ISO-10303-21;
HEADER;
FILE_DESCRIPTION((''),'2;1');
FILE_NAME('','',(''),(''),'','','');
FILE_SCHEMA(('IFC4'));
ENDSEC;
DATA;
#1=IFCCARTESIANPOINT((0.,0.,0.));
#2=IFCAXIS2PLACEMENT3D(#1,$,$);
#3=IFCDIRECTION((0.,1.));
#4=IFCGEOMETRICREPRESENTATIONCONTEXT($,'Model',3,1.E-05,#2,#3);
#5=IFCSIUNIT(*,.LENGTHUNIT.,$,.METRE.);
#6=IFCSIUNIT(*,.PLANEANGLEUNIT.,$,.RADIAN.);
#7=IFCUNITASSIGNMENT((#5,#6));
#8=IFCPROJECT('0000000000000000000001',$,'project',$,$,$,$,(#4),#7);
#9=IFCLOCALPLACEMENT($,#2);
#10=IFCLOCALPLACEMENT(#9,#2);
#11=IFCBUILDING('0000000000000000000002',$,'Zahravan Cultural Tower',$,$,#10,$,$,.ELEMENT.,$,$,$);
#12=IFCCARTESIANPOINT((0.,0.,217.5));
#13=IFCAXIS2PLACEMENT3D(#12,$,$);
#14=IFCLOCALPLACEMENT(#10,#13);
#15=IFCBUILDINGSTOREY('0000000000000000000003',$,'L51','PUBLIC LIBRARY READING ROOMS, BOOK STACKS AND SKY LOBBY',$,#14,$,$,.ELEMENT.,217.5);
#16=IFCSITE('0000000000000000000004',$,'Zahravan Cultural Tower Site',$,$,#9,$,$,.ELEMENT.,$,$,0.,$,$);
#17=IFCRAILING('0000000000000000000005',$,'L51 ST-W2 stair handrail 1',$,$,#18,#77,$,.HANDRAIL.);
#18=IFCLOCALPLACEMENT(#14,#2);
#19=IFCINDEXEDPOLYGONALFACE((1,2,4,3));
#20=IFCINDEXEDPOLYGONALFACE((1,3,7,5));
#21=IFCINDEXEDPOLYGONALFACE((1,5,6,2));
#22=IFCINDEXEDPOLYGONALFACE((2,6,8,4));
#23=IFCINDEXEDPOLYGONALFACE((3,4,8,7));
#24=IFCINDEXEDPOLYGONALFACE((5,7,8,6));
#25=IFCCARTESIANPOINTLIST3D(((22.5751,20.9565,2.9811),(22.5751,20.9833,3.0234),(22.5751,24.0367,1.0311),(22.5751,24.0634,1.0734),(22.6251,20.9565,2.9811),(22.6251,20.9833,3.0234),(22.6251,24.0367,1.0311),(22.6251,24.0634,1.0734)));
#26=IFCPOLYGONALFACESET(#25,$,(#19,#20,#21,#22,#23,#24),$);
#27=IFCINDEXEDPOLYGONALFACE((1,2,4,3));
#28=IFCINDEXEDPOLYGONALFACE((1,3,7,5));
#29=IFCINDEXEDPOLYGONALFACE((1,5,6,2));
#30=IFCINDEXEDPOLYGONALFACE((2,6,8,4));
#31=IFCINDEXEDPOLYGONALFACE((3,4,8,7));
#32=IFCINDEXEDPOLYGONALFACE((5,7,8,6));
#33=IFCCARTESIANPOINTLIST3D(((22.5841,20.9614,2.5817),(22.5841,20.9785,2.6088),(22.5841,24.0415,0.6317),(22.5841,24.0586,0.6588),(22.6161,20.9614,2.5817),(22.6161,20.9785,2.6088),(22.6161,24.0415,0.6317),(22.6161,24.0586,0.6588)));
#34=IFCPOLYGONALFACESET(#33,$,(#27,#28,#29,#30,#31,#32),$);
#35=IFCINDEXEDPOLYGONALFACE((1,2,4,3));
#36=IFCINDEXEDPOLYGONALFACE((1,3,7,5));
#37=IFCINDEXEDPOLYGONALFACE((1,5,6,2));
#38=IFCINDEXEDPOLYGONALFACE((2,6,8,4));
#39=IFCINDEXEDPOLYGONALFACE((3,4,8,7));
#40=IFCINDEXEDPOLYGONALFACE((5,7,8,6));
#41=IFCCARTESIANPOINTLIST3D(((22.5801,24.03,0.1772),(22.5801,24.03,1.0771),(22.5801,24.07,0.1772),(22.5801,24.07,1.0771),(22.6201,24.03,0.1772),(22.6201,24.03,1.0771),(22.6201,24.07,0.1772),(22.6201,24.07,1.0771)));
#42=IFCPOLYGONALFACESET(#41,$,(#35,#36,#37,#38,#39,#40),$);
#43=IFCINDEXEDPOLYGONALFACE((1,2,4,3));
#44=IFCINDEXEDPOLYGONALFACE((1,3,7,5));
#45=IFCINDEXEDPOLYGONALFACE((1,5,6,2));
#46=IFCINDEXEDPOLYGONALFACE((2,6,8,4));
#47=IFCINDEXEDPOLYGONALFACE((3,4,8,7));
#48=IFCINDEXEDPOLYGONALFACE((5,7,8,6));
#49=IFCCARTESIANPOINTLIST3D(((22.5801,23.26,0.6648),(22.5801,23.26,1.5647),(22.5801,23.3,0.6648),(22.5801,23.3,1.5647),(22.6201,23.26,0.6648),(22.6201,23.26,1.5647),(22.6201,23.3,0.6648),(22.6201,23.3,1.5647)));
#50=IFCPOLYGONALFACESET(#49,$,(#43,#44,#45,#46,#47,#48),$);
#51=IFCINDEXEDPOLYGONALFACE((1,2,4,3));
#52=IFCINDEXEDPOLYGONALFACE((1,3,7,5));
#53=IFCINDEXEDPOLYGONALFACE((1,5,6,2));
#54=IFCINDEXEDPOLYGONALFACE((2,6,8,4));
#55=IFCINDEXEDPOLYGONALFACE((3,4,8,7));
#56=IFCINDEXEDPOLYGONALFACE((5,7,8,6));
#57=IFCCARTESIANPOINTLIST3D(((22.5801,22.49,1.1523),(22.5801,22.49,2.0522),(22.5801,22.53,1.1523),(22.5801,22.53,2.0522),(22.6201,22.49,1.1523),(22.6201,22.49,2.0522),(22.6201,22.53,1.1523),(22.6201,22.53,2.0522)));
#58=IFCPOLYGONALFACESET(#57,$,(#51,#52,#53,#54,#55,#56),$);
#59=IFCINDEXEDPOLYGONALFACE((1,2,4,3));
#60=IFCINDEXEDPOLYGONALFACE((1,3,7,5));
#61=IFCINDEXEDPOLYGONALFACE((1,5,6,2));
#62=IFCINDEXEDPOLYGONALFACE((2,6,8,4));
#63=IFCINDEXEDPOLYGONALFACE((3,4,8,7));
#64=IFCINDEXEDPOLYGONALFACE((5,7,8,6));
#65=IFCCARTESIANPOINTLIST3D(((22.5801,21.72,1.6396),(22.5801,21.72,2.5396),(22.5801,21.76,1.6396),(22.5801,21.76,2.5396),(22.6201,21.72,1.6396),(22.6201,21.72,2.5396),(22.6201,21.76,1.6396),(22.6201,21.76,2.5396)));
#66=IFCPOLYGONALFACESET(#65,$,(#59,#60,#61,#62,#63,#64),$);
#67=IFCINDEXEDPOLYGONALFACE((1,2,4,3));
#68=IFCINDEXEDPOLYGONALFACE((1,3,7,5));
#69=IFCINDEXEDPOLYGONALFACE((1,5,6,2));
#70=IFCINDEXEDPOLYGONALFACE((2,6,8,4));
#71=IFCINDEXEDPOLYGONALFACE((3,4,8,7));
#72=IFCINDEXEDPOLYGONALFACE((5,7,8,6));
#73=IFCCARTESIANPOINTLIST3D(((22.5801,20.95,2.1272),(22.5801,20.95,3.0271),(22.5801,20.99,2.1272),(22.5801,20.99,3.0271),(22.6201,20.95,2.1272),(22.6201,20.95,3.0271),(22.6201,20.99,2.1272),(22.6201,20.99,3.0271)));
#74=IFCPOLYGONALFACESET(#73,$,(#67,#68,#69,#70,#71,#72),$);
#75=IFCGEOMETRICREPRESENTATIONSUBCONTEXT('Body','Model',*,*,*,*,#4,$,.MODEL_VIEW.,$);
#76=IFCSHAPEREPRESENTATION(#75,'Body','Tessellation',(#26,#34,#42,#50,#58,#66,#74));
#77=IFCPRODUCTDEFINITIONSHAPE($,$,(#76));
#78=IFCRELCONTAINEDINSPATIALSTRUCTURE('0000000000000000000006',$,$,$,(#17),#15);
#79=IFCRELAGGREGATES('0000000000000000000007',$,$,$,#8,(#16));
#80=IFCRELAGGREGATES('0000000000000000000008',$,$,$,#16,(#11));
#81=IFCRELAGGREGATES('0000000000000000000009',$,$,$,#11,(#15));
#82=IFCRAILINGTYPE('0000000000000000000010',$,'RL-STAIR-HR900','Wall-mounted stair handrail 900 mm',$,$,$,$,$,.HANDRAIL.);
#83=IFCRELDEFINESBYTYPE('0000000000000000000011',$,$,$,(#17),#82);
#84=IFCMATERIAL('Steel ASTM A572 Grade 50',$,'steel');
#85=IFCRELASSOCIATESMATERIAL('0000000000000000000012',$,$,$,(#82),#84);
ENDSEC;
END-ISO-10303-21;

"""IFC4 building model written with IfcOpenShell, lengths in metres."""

from ifc_helpers import new_model, si_unit, direction, frame, origin, origin_2d, place, context, subcontext, project, spatial, rectangle, extrude, material, type_object, element, save


model = new_model("IFC4")

# Units and contexts
model_context = context("Model", 3, precision=1e-05, world=origin(), true_north=direction((0.0, 1.0)))
body_context = subcontext(model_context, "Body", "Model", "MODEL_VIEW")
ifc_project = project(units=[si_unit("LENGTHUNIT", "METRE"), si_unit("PLANEANGLEUNIT", "RADIAN")], contexts=[model_context])

# Site, building, storey
site_placement = place(None, origin())
site = spatial("IfcSite", under=ifc_project, at=site_placement, Name="Zahravan Cultural Tower Site", CompositionType="ELEMENT", RefElevation=0.0)
building_placement = place(site_placement, origin())
building = spatial("IfcBuilding", under=site, at=building_placement, Name="Zahravan Cultural Tower", CompositionType="ELEMENT")
storey_placement = place(building_placement, frame((0.0, 0.0, 217.5)))
storey = spatial("IfcBuildingStorey", under=building, at=storey_placement, Name="L51", Description="PUBLIC LIBRARY READING ROOMS, BOOK STACKS AND SKY LOBBY", CompositionType="ELEMENT", Elevation=217.5)

# Railing
ifc_material_1 = material(Name="Steel ASTM A572 Grade 50", Category="steel")
railing_type_1 = type_object("IfcRailingType", Name="RL-STAIR-HR900", Description="Wall-mounted stair handrail 900 mm", PredefinedType="HANDRAIL", material=ifc_material_1)
railing_1_placement = place(storey_placement, frame((22.6001, 24.05, 0.1772)))
element("IfcRailing", 1, at=railing_1_placement, inside=storey, type_object=railing_type_1, Name="L51 ST-W2 stair handrail 1", PredefinedType="HANDRAIL", context=body_context, shape_type="SweptSolid", body=[
    extrude(rectangle(XDim=0.05, YDim=0.05, at=origin_2d()), frame((0.0, 0.0, 0.875), z_axis=(0.0, -0.844914, 0.534902), x_axis=(1.0, 0.0, 0.0)), (0.0, 0.0, 1.0), 3.6455),
    extrude(rectangle(XDim=0.032, YDim=0.032, at=origin_2d()), frame((0.0, 0.0, 0.468), z_axis=(0.0, -0.844914, 0.534902), x_axis=(1.0, 0.0, 0.0)), (0.0, 0.0, 1.0), 3.6455),
    extrude(rectangle(XDim=0.04, YDim=0.04, at=origin_2d()), origin(), (0.0, 0.0, 1.0), 0.8999),
    extrude(rectangle(XDim=0.04, YDim=0.04, at=origin_2d()), frame((0.0, -0.77, 0.4875)), (0.0, 0.0, 1.0), 0.8999),
    extrude(rectangle(XDim=0.04, YDim=0.04, at=origin_2d()), frame((0.0, -1.54, 0.9751)), (0.0, 0.0, 1.0), 0.8999),
    extrude(rectangle(XDim=0.04, YDim=0.04, at=origin_2d()), frame((0.0, -2.3101, 1.4624)), (0.0, 0.0, 1.0), 0.8999),
    extrude(rectangle(XDim=0.04, YDim=0.04, at=origin_2d()), frame((0.0, -3.0801, 1.95)), (0.0, 0.0, 1.0), 0.8999),
])

save(model, "model.ifc")
